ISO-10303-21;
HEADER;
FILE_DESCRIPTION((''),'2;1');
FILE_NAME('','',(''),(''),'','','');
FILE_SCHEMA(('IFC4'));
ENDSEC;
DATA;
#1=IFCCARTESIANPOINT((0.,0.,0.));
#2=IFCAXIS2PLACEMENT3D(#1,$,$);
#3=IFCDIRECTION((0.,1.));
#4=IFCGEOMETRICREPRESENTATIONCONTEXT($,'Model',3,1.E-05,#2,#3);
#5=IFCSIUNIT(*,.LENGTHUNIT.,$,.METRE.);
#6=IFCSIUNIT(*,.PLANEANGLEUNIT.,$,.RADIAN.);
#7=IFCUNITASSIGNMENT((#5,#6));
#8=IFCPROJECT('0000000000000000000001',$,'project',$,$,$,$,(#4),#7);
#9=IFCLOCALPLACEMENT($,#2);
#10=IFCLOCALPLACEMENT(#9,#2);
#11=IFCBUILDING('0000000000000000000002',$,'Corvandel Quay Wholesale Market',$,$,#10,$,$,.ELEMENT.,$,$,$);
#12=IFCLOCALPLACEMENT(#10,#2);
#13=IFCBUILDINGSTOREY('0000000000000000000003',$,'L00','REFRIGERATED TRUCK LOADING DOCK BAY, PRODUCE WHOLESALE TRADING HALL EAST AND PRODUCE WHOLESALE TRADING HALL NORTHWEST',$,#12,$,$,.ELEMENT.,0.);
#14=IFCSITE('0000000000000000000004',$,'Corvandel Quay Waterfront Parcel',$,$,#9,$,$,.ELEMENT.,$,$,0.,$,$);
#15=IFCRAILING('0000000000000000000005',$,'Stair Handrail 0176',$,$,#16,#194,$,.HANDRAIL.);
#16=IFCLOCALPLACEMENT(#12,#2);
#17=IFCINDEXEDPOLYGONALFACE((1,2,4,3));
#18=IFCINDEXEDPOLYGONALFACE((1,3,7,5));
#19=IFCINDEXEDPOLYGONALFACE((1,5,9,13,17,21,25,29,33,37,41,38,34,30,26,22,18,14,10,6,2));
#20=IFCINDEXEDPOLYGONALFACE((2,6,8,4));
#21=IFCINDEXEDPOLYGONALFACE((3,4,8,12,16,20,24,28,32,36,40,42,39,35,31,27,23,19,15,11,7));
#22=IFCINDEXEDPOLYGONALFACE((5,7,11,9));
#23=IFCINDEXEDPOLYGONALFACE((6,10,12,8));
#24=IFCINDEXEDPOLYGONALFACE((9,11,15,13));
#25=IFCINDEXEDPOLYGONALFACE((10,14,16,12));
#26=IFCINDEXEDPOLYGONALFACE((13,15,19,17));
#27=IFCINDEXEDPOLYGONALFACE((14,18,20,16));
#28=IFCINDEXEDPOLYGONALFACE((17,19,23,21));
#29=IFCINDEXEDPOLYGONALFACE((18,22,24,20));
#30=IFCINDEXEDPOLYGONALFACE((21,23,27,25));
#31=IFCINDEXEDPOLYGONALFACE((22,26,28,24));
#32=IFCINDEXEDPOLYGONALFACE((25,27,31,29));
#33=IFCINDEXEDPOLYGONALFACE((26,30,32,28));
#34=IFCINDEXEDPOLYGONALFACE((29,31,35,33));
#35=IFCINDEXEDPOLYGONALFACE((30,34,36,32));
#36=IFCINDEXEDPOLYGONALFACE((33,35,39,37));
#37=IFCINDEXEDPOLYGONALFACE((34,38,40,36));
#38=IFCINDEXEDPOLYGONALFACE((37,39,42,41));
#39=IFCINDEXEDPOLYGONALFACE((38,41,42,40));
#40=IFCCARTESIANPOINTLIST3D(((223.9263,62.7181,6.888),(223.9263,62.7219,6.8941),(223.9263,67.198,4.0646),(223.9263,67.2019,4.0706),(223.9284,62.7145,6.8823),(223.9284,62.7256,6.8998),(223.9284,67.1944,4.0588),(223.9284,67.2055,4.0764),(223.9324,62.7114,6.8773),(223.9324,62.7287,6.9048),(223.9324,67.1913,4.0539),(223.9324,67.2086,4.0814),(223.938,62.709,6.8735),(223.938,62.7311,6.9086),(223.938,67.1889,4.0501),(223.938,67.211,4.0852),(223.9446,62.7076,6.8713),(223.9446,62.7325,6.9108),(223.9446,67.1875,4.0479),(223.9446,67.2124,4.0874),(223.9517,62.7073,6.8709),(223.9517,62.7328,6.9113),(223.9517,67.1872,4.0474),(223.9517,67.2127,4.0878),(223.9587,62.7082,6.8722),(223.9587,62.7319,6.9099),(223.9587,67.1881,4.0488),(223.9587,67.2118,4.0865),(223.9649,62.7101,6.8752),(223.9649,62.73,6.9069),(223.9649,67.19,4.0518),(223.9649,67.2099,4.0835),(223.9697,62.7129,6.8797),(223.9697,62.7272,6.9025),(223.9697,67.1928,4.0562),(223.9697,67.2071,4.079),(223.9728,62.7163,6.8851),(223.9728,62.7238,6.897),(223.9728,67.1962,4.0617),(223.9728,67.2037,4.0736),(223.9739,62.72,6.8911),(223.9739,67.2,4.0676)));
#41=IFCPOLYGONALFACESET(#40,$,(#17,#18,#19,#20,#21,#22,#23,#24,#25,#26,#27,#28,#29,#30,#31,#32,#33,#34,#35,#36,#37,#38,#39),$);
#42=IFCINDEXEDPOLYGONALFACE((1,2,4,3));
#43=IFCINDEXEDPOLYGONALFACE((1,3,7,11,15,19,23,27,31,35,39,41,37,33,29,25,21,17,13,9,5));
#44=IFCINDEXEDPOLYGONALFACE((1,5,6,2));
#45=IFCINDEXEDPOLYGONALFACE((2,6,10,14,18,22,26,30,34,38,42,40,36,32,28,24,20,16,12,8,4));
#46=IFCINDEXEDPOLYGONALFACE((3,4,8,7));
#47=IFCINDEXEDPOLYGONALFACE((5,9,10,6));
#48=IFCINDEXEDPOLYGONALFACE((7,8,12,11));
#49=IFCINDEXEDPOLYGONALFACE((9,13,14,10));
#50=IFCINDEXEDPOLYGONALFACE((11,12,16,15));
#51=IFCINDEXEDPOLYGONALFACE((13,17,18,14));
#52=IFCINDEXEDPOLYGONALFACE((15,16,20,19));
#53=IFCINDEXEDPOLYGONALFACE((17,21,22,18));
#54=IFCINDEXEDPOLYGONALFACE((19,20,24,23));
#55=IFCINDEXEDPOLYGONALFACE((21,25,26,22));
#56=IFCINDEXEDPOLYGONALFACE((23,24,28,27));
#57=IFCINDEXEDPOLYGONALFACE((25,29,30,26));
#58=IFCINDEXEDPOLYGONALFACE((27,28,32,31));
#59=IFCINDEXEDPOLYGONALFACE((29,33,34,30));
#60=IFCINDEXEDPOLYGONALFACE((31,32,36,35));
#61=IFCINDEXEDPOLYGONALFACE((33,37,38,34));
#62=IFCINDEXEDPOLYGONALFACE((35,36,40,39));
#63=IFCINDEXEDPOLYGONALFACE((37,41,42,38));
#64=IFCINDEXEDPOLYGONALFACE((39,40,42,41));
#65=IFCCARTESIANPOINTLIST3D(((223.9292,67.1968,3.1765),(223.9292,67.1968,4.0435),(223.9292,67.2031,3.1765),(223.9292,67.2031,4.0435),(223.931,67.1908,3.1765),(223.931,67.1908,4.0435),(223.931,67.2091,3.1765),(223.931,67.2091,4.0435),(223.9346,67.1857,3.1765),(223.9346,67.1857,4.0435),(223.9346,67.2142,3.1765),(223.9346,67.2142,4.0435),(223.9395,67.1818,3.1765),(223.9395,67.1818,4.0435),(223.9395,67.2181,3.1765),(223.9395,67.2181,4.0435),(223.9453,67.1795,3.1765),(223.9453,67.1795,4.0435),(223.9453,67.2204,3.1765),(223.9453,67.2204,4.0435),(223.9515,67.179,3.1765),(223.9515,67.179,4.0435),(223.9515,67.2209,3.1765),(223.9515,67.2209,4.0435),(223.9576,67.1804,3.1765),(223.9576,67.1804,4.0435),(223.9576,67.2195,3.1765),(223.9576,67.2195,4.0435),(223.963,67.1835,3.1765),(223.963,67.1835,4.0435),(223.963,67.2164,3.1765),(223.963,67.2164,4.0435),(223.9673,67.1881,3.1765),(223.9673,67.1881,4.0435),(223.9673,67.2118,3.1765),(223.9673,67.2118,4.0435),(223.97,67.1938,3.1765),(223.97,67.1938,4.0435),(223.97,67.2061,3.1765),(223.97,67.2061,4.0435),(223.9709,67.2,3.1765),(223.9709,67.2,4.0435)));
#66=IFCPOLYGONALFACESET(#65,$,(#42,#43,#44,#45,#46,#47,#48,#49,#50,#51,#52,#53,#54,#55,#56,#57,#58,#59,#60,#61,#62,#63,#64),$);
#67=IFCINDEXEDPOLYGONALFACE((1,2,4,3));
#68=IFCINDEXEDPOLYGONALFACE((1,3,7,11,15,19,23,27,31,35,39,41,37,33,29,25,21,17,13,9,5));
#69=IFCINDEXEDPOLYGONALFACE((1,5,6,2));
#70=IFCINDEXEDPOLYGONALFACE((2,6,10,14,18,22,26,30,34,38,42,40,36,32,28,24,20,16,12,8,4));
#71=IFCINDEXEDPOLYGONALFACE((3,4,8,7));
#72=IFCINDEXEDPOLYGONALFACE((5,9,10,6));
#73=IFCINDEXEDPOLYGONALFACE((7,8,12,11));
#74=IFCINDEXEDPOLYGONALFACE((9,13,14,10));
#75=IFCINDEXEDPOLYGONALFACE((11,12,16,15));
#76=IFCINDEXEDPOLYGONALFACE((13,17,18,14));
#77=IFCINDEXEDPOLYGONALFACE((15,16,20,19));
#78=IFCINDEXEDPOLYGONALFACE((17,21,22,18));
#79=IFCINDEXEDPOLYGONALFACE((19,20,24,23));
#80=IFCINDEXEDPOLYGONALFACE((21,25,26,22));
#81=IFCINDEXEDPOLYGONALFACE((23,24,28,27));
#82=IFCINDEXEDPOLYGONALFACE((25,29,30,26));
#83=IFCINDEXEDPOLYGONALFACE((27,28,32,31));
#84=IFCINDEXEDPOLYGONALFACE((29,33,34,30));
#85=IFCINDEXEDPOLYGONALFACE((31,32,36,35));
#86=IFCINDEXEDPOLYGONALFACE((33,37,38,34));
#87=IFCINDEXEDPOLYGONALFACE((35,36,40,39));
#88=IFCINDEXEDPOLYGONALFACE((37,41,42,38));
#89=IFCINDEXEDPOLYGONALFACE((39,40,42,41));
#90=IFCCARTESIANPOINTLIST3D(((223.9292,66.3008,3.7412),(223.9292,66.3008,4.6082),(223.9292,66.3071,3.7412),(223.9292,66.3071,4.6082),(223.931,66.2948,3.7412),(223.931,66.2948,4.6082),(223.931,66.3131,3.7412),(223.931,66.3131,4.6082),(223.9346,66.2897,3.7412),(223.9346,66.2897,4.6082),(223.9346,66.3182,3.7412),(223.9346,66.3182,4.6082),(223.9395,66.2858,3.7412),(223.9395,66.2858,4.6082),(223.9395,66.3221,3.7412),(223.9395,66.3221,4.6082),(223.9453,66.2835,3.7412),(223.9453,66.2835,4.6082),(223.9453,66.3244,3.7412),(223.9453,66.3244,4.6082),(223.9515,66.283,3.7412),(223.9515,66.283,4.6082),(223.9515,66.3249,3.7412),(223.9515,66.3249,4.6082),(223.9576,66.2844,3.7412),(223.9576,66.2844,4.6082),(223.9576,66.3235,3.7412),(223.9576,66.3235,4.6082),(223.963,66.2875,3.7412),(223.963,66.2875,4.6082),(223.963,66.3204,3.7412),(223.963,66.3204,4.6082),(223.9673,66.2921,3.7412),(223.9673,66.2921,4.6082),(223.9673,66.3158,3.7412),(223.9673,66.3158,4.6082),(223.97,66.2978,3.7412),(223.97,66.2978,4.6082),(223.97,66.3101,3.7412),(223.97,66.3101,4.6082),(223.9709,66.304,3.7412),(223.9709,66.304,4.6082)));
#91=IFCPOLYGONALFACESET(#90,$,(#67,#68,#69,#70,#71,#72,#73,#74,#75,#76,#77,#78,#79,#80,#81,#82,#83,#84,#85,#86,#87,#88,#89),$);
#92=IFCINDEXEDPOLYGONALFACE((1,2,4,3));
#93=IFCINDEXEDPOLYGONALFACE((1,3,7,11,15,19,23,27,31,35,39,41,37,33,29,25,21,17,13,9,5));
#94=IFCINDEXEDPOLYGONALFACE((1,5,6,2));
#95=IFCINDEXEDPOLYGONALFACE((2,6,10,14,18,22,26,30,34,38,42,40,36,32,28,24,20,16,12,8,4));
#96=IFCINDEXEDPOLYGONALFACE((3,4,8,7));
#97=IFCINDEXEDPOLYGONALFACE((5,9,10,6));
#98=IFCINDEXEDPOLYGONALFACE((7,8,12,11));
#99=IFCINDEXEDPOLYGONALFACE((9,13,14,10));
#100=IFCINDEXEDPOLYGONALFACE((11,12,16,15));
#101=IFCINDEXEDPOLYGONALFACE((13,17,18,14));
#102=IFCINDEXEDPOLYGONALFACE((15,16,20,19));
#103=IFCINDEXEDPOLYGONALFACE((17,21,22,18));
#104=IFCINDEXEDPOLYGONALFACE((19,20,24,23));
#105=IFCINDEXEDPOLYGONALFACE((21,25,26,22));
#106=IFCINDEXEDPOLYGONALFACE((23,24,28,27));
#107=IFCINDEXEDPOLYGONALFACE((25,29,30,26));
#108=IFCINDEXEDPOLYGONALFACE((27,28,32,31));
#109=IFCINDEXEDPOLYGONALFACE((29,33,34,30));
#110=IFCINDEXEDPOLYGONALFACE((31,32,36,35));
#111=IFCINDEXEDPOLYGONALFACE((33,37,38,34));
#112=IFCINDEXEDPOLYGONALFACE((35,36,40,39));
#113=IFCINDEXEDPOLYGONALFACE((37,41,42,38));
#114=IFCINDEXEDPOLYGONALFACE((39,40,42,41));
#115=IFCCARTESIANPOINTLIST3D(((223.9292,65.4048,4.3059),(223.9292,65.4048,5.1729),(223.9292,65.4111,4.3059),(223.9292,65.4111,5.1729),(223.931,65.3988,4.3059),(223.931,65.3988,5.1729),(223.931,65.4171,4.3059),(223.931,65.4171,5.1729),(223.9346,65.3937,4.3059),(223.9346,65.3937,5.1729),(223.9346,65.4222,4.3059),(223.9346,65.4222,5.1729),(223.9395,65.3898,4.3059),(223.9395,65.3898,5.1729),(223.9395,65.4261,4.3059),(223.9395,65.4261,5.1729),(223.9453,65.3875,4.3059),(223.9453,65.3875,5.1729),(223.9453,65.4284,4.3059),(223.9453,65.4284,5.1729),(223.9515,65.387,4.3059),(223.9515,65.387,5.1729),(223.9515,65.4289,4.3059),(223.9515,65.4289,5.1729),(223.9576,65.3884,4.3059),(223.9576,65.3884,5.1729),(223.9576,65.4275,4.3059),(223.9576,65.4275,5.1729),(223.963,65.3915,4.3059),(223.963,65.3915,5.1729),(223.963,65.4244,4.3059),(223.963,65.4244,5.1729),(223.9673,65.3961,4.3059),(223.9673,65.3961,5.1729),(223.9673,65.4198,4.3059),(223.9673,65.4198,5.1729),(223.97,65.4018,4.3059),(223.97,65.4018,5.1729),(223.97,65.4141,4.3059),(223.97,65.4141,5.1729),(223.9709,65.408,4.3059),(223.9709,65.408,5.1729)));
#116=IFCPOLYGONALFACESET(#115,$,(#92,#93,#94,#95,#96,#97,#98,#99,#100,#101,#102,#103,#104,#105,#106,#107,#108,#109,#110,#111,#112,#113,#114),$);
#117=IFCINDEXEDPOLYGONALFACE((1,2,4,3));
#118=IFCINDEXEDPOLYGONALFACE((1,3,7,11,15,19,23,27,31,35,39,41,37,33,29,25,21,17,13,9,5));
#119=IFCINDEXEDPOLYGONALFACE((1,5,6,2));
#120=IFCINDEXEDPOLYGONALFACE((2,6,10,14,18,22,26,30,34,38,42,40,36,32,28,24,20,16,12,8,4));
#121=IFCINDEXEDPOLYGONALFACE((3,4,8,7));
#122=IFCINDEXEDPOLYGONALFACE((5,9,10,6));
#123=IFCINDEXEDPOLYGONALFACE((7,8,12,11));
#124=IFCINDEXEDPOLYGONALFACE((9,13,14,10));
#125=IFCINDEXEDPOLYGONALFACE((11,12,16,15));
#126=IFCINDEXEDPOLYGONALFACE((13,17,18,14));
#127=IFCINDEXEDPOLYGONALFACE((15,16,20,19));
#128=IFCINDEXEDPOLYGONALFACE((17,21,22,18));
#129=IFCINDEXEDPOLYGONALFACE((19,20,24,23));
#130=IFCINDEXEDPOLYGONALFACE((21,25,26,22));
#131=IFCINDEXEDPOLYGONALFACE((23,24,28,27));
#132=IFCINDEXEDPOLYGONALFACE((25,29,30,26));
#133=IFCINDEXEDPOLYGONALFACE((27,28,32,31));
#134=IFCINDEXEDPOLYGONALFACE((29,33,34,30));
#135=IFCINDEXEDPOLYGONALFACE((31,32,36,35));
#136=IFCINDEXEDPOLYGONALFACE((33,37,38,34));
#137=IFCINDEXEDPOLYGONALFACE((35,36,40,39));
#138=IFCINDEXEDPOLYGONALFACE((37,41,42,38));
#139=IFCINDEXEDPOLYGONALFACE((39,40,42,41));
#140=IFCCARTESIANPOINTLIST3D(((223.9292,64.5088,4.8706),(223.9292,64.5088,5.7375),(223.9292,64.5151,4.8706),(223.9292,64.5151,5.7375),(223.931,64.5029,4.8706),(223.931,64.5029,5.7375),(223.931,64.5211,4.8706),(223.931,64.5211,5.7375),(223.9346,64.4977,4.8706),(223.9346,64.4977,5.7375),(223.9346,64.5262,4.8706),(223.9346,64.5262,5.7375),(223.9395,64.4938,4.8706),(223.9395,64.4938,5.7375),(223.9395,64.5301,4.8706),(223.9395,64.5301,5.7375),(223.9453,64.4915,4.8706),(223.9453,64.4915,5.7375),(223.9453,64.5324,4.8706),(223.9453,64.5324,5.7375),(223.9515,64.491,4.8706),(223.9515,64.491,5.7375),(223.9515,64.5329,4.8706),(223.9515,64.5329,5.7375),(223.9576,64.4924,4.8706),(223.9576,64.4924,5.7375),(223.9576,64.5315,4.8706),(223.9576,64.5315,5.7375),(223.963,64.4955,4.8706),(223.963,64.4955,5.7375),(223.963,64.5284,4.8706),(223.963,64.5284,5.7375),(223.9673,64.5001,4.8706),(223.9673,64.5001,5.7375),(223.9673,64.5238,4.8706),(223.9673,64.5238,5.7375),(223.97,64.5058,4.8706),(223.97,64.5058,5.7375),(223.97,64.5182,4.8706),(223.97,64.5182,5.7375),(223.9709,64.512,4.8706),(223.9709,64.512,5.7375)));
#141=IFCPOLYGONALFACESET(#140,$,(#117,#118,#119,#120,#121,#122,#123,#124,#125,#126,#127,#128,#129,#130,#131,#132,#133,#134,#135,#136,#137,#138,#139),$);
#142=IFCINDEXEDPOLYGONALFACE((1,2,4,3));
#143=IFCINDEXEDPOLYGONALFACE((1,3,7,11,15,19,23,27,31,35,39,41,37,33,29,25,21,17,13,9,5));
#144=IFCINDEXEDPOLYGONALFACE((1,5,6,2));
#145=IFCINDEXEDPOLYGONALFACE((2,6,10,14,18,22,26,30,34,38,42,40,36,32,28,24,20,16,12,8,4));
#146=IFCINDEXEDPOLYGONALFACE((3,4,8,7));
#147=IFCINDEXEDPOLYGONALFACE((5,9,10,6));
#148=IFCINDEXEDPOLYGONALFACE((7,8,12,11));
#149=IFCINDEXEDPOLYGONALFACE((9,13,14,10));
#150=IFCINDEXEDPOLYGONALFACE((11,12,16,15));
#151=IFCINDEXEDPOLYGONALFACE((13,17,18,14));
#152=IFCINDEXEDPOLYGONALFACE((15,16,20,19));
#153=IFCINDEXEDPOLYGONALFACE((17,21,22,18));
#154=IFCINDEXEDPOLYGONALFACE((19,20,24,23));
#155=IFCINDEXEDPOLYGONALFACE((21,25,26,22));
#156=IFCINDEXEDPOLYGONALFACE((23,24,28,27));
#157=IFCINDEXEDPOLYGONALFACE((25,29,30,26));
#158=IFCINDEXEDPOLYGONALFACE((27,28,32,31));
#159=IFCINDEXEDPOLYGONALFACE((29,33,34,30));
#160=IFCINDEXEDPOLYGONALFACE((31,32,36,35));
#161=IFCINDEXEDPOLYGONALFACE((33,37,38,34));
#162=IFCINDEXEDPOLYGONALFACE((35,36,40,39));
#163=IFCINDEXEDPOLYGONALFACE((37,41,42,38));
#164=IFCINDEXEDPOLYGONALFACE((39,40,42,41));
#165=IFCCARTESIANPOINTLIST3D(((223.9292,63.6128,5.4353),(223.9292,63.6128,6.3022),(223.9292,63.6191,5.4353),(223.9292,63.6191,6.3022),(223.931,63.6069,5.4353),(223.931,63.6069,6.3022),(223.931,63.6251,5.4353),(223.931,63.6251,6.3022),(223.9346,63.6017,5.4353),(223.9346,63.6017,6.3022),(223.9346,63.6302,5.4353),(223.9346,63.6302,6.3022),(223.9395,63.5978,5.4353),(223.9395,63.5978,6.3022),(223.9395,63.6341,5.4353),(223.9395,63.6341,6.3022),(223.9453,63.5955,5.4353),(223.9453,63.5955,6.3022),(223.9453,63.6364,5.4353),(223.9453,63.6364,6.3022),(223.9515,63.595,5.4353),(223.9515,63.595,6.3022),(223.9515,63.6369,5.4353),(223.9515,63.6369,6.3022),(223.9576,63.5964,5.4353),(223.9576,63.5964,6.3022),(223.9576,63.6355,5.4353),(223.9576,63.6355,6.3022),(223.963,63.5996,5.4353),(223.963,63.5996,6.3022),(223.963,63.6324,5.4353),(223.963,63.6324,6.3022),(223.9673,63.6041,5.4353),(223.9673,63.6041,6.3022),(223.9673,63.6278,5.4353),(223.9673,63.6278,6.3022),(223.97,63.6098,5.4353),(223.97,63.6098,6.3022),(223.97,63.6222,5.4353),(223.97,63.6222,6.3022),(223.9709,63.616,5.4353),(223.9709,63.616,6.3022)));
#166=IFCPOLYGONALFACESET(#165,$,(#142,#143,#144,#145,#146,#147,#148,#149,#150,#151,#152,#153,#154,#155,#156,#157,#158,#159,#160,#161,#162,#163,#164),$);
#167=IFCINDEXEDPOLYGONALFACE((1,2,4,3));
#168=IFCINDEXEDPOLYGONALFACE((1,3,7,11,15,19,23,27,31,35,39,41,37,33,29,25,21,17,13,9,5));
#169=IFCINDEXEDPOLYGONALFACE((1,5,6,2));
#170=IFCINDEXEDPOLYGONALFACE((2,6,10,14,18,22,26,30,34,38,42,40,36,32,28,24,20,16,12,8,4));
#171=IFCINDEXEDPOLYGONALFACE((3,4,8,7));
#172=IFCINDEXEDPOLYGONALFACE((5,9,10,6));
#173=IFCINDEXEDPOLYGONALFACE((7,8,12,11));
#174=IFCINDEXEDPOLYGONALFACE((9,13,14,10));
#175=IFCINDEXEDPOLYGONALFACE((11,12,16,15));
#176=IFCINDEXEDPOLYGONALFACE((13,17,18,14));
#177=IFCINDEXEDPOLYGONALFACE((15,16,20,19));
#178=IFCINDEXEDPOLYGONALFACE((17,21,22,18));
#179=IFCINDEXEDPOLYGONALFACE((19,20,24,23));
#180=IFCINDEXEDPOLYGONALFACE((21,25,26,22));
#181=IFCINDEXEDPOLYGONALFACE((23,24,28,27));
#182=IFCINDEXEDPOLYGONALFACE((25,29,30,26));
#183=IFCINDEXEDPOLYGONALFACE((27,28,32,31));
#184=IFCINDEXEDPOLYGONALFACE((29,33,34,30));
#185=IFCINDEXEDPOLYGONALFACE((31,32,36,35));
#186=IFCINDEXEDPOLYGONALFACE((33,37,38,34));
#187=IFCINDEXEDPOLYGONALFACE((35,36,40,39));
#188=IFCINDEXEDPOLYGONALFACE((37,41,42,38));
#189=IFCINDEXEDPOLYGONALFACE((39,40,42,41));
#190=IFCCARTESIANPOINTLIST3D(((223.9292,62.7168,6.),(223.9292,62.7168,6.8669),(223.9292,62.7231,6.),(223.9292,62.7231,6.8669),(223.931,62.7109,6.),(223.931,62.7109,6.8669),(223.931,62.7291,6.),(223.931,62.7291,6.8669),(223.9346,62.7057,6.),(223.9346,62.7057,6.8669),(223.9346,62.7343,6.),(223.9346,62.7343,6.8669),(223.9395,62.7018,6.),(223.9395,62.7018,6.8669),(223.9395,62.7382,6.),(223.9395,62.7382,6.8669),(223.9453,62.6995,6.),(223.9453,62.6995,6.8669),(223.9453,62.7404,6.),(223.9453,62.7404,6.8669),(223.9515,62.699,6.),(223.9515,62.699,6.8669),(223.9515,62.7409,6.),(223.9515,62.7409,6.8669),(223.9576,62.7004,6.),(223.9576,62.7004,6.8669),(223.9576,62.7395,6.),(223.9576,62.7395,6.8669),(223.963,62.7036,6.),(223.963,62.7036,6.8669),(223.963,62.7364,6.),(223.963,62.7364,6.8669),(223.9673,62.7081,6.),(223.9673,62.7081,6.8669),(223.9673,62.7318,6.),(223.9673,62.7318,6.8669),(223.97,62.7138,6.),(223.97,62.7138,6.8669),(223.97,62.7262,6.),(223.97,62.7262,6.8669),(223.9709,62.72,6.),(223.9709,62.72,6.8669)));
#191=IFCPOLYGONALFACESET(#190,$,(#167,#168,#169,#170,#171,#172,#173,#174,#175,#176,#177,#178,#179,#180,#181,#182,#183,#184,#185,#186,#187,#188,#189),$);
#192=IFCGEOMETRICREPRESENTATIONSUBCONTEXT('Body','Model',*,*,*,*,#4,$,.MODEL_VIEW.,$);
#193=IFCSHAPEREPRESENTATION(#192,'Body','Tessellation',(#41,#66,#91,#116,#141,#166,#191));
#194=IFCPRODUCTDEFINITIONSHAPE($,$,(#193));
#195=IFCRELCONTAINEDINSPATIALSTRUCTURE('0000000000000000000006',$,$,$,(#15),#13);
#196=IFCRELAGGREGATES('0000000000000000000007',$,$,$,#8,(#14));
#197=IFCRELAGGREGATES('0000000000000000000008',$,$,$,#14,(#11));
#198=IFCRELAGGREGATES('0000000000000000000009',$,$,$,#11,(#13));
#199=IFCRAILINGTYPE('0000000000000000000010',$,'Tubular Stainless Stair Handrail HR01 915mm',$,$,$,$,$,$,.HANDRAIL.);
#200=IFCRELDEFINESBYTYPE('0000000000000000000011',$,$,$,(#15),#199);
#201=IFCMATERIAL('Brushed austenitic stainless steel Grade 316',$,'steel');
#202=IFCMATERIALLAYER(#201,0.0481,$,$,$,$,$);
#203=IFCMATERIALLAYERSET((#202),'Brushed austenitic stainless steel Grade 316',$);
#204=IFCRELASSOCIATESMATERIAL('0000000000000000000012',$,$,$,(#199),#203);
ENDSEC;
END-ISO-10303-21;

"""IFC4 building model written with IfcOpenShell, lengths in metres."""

from ifc_helpers import new_model, si_unit, direction, frame, origin, origin_2d, place, context, subcontext, project, spatial, circle, extrude, material, layer, layer_set, type_object, element, save


model = new_model("IFC4")

# Units and contexts
model_context = context("Model", 3, precision=1e-05, world=origin(), true_north=direction((0.0, 1.0)))
body_context = subcontext(model_context, "Body", "Model", "MODEL_VIEW")
ifc_project = project(units=[si_unit("LENGTHUNIT", "METRE"), si_unit("PLANEANGLEUNIT", "RADIAN")], contexts=[model_context])

# Site, building, storey
site_placement = place(None, origin())
site = spatial("IfcSite", under=ifc_project, at=site_placement, Name="Corvandel Quay Waterfront Parcel", CompositionType="ELEMENT", RefElevation=0.0)
building_placement = place(site_placement, origin())
building = spatial("IfcBuilding", under=site, at=building_placement, Name="Corvandel Quay Wholesale Market", CompositionType="ELEMENT")
storey_placement = place(building_placement, origin())
storey = spatial("IfcBuildingStorey", under=building, at=storey_placement, Name="L00", Description="REFRIGERATED TRUCK LOADING DOCK BAY, PRODUCE WHOLESALE TRADING HALL EAST AND PRODUCE WHOLESALE TRADING HALL NORTHWEST", CompositionType="ELEMENT", Elevation=0.0)

# Railing
ifc_material_1 = material(Name="Brushed austenitic stainless steel Grade 316", Category="steel")
ifc_layer_1 = layer(ifc_material_1, 0.0481)
ifc_layer_set_1 = layer_set([ifc_layer_1], Name="Brushed austenitic stainless steel Grade 316")
railing_type = type_object("IfcRailingType", Name="Tubular Stainless Stair Handrail HR01 915mm", PredefinedType="HANDRAIL", material=ifc_layer_set_1)
for number, where, name in (
    (1, (223.95, 67.2, 3.1765), "Stair Handrail 0176"),
):
    element("IfcRailing", number, at=place(storey_placement, frame(where)), inside=storey, type_object=railing_type, Name=name, PredefinedType="HANDRAIL", context=body_context, shape_type="SweptSolid", body=[
        extrude(circle(Radius=0.0239, at=origin_2d()), frame((0.0, 0.0, 0.8911), z_axis=(0.0, -0.845998, 0.533186), x_axis=(1.0, 0.0, 0.0)), (0.0, 0.0, 1.0), 5.2954),
        extrude(circle(Radius=0.021, at=origin_2d()), origin(), (0.0, 0.0, 1.0), 0.8669),
        extrude(circle(Radius=0.021, at=origin_2d()), frame((0.0, -0.896, 0.5647)), (0.0, 0.0, 1.0), 0.8669),
        extrude(circle(Radius=0.021, at=origin_2d()), frame((0.0, -1.792, 1.1294)), (0.0, 0.0, 1.0), 0.8669),
        extrude(circle(Radius=0.021, at=origin_2d()), frame((0.0, -2.688, 1.6941)), (0.0, 0.0, 1.0), 0.8669),
        extrude(circle(Radius=0.021, at=origin_2d()), frame((0.0, -3.584, 2.2588)), (0.0, 0.0, 1.0), 0.8669),
        extrude(circle(Radius=0.021, at=origin_2d()), frame((0.0, -4.48, 2.8235)), (0.0, 0.0, 1.0), 0.8669),
    ])

save(model, "model.ifc")
